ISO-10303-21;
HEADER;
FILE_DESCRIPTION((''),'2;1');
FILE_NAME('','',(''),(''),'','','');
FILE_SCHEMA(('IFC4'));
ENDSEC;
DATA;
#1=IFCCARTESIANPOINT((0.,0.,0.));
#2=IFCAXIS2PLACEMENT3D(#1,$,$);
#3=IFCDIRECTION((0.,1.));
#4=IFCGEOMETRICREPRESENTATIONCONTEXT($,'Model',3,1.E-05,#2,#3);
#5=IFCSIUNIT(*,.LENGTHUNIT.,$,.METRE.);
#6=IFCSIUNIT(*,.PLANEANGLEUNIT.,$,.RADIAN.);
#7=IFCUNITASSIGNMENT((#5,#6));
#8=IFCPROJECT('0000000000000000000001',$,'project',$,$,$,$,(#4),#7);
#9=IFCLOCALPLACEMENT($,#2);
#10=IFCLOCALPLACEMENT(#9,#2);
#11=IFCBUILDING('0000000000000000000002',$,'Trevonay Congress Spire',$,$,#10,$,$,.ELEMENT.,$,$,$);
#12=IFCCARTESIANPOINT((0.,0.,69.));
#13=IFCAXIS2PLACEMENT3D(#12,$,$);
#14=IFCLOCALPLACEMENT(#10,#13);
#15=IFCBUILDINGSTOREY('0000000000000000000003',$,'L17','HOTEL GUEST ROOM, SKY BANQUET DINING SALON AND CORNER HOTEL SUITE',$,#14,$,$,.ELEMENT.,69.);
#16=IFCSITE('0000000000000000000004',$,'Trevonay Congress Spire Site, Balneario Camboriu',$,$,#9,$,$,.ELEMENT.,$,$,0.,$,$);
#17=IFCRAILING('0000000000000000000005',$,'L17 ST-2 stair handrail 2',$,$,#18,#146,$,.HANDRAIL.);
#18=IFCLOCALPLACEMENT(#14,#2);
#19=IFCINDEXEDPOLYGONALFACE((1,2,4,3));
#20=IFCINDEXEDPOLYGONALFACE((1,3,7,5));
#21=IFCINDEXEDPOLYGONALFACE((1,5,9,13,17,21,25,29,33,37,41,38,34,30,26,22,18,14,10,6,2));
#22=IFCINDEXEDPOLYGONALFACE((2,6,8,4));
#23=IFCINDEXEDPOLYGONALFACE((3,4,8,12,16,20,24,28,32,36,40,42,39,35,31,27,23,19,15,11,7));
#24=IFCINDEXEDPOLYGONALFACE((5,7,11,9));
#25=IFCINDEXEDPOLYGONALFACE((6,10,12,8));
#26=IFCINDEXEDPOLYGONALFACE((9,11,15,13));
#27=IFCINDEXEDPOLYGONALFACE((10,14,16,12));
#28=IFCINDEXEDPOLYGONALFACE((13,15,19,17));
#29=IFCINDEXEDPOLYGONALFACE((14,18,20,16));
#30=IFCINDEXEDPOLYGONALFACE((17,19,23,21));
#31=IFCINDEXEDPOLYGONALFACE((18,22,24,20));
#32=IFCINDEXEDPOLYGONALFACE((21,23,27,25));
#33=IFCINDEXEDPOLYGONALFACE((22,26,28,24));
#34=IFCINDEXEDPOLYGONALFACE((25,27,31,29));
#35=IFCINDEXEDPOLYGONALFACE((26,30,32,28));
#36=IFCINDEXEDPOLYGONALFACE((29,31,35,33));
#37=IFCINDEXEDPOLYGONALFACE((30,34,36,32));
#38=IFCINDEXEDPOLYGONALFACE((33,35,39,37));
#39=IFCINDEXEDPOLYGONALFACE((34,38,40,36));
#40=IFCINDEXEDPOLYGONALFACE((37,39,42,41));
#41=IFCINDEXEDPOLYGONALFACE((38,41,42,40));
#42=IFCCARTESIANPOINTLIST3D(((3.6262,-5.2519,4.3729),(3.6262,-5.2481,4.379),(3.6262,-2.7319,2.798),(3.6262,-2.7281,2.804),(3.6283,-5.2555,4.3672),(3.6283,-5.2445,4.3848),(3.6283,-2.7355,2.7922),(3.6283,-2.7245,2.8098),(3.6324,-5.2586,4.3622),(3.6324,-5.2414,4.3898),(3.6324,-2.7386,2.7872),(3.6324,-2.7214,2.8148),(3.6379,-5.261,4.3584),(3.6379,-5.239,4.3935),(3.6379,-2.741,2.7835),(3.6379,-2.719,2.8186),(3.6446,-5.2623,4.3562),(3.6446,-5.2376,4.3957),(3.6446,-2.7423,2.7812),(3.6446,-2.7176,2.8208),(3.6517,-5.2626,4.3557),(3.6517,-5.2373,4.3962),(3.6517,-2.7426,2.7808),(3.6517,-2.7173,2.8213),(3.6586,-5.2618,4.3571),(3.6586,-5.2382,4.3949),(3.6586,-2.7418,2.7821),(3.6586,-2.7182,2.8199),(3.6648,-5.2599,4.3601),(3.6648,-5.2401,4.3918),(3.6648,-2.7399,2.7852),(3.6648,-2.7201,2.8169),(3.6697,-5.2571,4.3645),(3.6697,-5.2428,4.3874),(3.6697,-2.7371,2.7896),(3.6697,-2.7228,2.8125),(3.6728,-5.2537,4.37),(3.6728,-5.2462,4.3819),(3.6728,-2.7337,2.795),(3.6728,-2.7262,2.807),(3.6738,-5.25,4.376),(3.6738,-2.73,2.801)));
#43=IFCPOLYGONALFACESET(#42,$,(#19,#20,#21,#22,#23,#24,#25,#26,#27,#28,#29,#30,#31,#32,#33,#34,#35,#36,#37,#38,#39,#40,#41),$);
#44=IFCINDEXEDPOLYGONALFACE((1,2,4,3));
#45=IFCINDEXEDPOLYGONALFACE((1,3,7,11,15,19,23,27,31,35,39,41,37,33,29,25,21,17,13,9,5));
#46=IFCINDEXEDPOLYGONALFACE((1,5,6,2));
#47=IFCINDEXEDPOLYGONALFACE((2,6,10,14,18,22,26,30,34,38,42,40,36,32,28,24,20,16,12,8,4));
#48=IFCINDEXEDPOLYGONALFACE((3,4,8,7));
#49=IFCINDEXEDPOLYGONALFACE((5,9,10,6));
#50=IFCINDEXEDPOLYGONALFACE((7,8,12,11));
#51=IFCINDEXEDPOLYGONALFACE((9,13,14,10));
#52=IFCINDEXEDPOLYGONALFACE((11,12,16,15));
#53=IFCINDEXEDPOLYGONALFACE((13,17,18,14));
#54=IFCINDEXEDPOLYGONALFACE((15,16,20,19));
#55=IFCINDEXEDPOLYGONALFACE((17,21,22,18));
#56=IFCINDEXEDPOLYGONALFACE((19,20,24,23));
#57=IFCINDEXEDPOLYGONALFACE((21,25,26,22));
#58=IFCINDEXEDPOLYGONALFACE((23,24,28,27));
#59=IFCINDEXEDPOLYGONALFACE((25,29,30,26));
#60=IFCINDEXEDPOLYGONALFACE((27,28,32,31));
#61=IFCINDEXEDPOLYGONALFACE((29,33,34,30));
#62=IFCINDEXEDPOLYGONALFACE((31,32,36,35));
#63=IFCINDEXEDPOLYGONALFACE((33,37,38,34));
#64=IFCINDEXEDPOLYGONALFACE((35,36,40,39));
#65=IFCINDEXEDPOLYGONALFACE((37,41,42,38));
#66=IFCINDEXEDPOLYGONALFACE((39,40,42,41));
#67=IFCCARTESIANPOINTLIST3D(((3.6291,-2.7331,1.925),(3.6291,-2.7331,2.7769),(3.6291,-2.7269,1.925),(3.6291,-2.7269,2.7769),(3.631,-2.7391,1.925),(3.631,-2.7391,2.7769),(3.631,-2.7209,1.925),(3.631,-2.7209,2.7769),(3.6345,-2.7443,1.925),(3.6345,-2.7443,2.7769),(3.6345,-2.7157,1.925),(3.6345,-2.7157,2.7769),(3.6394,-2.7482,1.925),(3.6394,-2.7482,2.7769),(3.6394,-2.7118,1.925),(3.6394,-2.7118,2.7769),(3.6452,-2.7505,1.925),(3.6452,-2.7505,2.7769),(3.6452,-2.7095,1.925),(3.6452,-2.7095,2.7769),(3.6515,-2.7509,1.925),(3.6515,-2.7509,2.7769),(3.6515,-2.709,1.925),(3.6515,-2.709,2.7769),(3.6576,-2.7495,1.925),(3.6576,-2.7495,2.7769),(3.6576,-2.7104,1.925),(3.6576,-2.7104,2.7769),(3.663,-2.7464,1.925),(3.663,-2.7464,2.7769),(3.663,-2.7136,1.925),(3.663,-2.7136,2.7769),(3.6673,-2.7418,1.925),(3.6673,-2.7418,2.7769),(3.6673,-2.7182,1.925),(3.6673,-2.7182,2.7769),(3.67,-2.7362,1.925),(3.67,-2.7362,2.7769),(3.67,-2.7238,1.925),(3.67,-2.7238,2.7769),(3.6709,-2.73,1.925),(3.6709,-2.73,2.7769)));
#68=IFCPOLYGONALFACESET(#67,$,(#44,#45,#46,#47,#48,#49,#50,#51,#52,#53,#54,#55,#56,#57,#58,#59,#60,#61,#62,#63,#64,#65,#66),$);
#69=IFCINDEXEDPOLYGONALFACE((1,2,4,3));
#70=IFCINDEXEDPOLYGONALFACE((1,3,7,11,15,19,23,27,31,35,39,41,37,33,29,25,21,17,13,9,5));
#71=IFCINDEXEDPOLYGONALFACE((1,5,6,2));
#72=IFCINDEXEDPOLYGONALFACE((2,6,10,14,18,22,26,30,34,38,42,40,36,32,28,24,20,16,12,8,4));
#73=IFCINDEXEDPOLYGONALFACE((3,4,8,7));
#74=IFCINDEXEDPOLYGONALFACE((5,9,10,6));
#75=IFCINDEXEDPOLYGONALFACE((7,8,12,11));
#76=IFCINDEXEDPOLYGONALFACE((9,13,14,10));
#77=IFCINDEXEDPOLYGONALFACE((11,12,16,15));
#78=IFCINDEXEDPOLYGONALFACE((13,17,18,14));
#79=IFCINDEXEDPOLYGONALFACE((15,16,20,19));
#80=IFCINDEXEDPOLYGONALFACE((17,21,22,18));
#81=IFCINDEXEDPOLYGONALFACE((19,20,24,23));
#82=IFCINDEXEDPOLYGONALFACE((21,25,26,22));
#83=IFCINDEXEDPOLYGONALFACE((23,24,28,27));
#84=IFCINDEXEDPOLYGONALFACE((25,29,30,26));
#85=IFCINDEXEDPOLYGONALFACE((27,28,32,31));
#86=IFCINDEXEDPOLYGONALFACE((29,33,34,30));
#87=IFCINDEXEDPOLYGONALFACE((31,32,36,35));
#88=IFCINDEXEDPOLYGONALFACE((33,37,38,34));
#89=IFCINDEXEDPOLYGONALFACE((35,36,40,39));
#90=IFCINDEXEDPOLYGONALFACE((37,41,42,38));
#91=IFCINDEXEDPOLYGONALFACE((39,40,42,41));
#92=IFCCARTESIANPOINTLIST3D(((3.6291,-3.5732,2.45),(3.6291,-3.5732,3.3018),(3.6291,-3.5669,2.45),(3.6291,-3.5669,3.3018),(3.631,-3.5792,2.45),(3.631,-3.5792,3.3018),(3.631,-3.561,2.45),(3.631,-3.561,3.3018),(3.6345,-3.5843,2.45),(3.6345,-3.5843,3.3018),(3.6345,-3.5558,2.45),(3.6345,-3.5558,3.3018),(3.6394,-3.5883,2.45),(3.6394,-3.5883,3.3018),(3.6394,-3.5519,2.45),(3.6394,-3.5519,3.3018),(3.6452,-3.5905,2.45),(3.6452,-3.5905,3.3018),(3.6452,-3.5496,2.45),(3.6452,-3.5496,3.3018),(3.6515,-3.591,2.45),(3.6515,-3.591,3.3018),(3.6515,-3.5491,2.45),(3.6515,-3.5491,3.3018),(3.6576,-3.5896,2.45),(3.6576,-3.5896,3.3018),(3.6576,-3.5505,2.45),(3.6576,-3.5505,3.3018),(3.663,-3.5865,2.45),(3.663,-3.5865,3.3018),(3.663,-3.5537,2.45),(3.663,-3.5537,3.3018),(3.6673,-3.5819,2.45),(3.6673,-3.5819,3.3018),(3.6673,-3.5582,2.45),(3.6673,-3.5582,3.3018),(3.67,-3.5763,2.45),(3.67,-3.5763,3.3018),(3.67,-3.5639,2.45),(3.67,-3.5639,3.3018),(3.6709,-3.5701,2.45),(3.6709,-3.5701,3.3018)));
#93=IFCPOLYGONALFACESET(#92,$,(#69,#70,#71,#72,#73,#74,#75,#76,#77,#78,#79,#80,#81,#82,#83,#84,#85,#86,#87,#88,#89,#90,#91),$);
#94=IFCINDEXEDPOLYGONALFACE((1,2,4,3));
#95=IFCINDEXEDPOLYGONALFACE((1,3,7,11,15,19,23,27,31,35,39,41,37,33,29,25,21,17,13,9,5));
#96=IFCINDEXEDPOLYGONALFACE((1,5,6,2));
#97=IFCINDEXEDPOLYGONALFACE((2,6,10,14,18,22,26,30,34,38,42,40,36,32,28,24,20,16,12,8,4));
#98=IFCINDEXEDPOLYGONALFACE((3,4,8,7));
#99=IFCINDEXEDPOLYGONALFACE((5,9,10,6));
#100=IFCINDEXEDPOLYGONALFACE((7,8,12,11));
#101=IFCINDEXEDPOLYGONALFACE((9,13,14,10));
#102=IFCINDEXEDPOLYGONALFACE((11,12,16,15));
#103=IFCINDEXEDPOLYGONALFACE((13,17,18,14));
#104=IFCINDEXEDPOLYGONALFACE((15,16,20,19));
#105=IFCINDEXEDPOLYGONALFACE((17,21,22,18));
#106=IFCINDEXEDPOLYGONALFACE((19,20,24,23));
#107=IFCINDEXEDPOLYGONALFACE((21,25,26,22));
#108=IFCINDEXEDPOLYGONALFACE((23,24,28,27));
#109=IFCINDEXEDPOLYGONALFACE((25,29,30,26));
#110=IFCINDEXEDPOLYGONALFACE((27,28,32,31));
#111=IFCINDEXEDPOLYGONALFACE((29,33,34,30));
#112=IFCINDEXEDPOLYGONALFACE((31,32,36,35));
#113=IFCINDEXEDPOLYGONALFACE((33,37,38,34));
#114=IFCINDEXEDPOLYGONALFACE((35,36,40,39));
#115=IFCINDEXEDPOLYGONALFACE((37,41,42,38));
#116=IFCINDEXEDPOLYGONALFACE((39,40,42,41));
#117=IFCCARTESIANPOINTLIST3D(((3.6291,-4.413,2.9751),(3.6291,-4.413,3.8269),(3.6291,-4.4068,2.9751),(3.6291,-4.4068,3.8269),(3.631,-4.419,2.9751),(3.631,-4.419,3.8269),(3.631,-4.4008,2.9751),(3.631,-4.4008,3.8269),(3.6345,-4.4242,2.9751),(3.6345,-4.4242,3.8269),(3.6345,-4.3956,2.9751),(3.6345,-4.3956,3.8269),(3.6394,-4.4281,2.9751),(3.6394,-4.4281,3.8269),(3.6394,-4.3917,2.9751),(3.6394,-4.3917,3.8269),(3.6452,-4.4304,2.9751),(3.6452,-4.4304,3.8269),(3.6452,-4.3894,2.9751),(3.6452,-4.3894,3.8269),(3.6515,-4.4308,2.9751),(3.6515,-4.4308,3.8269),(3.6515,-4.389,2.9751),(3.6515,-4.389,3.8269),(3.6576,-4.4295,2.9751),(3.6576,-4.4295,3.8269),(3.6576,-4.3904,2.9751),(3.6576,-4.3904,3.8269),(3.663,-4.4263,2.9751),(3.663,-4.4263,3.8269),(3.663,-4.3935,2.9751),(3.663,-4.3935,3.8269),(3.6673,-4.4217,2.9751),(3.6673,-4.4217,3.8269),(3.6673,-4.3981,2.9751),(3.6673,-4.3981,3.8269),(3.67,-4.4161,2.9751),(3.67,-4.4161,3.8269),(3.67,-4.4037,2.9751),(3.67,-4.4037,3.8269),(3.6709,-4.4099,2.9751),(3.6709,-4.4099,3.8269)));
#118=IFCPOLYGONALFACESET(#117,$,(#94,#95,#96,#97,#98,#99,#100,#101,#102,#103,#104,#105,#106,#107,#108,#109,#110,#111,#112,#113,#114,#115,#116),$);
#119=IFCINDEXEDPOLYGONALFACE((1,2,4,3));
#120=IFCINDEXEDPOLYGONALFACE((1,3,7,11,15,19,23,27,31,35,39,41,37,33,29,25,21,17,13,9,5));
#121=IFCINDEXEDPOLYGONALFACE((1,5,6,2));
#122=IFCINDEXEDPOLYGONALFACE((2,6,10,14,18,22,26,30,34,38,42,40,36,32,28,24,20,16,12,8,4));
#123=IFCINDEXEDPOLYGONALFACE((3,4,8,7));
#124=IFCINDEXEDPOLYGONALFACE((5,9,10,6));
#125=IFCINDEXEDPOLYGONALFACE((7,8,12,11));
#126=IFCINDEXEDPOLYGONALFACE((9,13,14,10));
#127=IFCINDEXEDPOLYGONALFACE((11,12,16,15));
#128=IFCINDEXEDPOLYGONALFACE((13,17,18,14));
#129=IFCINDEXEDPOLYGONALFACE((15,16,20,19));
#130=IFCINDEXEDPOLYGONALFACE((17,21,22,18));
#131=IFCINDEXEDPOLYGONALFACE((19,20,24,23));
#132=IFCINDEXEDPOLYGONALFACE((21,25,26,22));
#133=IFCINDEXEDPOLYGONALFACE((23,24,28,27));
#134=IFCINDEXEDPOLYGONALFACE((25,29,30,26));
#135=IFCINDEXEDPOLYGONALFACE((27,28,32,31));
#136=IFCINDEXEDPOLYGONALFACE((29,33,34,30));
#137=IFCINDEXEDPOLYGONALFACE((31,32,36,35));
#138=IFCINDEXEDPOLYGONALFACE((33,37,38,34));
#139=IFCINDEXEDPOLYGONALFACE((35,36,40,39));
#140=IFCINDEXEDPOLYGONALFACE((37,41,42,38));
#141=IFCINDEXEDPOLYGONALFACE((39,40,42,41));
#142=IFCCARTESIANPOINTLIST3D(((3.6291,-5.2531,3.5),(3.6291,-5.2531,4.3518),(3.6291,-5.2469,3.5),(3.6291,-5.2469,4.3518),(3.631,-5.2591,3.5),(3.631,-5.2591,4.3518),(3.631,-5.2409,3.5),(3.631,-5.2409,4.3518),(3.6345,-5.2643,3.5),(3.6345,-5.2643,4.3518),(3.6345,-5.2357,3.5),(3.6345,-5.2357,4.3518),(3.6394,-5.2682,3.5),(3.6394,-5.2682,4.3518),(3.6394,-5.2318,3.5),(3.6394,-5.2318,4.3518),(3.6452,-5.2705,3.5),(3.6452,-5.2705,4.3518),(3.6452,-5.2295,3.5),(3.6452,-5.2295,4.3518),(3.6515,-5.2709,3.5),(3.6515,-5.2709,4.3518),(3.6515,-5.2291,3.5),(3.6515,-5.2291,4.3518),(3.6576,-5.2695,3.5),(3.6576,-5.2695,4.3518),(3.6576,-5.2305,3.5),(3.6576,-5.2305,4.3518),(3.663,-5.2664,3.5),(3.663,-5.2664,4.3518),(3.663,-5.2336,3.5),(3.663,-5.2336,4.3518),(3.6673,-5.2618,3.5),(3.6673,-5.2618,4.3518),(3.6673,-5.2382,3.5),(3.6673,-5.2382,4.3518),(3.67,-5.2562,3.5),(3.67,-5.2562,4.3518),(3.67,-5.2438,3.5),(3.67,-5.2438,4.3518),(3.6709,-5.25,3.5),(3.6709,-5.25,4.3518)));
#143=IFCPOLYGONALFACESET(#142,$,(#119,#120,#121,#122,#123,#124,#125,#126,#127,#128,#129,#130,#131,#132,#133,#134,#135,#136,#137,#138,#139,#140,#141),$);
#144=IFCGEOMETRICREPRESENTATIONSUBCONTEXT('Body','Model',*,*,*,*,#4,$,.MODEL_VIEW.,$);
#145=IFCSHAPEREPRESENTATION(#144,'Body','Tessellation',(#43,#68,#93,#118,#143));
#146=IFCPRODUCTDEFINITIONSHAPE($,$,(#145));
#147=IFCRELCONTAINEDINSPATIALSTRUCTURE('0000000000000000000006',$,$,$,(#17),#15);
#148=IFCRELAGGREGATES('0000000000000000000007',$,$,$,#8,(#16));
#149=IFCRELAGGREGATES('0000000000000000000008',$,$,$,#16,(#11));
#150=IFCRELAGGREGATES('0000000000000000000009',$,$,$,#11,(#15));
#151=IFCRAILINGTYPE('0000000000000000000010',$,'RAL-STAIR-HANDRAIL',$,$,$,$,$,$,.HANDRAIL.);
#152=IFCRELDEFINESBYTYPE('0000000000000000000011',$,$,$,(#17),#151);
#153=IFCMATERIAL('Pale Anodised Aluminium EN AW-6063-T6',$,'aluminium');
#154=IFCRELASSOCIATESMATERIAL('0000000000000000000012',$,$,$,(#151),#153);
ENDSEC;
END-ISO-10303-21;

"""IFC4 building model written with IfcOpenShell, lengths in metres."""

from ifc_helpers import new_model, si_unit, direction, frame, origin, origin_2d, place, context, subcontext, project, spatial, circle, extrude, material, type_object, element, save


model = new_model("IFC4")

# Units and contexts
model_context = context("Model", 3, precision=1e-05, world=origin(), true_north=direction((0.0, 1.0)))
body_context = subcontext(model_context, "Body", "Model", "MODEL_VIEW")
ifc_project = project(units=[si_unit("LENGTHUNIT", "METRE"), si_unit("PLANEANGLEUNIT", "RADIAN")], contexts=[model_context])

# Site, building, storey
site_placement = place(None, origin())
site = spatial("IfcSite", under=ifc_project, at=site_placement, Name="Trevonay Congress Spire Site, Balneario Camboriu", CompositionType="ELEMENT", RefElevation=0.0)
building_placement = place(site_placement, origin())
building = spatial("IfcBuilding", under=site, at=building_placement, Name="Trevonay Congress Spire", CompositionType="ELEMENT")
storey_placement = place(building_placement, frame((0.0, 0.0, 69.0)))
storey = spatial("IfcBuildingStorey", under=building, at=storey_placement, Name="L17", Description="HOTEL GUEST ROOM, SKY BANQUET DINING SALON AND CORNER HOTEL SUITE", CompositionType="ELEMENT", Elevation=69.0)

# Railing
ifc_material_1 = material(Name="Pale Anodised Aluminium EN AW-6063-T6", Category="aluminium")
railing_type_1 = type_object("IfcRailingType", Name="RAL-STAIR-HANDRAIL", PredefinedType="HANDRAIL", material=ifc_material_1)
railing_1_placement = place(storey_placement, frame((3.6499, -2.73, 1.925)))
element("IfcRailing", 1, at=railing_1_placement, inside=storey, type_object=railing_type_1, Name="L17 ST-2 stair handrail 2", PredefinedType="HANDRAIL", context=body_context, shape_type="SweptSolid", body=[
    extrude(circle(Radius=0.0239, at=origin_2d()), frame((0.0, 0.0, 0.876), z_axis=(0.0, -0.848008, 0.529984), x_axis=(1.0, 0.0, 0.0)), (0.0, 0.0, 1.0), 2.9717),
    extrude(circle(Radius=0.021, at=origin_2d()), origin(), (0.0, 0.0, 1.0), 0.8518),
    extrude(circle(Radius=0.021, at=origin_2d()), frame((0.0, -0.8401, 0.5249)), (0.0, 0.0, 1.0), 0.8518),
    extrude(circle(Radius=0.021, at=origin_2d()), frame((0.0, -1.6799, 1.05)), (0.0, 0.0, 1.0), 0.8518),
    extrude(circle(Radius=0.021, at=origin_2d()), frame((0.0, -2.52, 1.575)), (0.0, 0.0, 1.0), 0.8518),
])

save(model, "model.ifc")
